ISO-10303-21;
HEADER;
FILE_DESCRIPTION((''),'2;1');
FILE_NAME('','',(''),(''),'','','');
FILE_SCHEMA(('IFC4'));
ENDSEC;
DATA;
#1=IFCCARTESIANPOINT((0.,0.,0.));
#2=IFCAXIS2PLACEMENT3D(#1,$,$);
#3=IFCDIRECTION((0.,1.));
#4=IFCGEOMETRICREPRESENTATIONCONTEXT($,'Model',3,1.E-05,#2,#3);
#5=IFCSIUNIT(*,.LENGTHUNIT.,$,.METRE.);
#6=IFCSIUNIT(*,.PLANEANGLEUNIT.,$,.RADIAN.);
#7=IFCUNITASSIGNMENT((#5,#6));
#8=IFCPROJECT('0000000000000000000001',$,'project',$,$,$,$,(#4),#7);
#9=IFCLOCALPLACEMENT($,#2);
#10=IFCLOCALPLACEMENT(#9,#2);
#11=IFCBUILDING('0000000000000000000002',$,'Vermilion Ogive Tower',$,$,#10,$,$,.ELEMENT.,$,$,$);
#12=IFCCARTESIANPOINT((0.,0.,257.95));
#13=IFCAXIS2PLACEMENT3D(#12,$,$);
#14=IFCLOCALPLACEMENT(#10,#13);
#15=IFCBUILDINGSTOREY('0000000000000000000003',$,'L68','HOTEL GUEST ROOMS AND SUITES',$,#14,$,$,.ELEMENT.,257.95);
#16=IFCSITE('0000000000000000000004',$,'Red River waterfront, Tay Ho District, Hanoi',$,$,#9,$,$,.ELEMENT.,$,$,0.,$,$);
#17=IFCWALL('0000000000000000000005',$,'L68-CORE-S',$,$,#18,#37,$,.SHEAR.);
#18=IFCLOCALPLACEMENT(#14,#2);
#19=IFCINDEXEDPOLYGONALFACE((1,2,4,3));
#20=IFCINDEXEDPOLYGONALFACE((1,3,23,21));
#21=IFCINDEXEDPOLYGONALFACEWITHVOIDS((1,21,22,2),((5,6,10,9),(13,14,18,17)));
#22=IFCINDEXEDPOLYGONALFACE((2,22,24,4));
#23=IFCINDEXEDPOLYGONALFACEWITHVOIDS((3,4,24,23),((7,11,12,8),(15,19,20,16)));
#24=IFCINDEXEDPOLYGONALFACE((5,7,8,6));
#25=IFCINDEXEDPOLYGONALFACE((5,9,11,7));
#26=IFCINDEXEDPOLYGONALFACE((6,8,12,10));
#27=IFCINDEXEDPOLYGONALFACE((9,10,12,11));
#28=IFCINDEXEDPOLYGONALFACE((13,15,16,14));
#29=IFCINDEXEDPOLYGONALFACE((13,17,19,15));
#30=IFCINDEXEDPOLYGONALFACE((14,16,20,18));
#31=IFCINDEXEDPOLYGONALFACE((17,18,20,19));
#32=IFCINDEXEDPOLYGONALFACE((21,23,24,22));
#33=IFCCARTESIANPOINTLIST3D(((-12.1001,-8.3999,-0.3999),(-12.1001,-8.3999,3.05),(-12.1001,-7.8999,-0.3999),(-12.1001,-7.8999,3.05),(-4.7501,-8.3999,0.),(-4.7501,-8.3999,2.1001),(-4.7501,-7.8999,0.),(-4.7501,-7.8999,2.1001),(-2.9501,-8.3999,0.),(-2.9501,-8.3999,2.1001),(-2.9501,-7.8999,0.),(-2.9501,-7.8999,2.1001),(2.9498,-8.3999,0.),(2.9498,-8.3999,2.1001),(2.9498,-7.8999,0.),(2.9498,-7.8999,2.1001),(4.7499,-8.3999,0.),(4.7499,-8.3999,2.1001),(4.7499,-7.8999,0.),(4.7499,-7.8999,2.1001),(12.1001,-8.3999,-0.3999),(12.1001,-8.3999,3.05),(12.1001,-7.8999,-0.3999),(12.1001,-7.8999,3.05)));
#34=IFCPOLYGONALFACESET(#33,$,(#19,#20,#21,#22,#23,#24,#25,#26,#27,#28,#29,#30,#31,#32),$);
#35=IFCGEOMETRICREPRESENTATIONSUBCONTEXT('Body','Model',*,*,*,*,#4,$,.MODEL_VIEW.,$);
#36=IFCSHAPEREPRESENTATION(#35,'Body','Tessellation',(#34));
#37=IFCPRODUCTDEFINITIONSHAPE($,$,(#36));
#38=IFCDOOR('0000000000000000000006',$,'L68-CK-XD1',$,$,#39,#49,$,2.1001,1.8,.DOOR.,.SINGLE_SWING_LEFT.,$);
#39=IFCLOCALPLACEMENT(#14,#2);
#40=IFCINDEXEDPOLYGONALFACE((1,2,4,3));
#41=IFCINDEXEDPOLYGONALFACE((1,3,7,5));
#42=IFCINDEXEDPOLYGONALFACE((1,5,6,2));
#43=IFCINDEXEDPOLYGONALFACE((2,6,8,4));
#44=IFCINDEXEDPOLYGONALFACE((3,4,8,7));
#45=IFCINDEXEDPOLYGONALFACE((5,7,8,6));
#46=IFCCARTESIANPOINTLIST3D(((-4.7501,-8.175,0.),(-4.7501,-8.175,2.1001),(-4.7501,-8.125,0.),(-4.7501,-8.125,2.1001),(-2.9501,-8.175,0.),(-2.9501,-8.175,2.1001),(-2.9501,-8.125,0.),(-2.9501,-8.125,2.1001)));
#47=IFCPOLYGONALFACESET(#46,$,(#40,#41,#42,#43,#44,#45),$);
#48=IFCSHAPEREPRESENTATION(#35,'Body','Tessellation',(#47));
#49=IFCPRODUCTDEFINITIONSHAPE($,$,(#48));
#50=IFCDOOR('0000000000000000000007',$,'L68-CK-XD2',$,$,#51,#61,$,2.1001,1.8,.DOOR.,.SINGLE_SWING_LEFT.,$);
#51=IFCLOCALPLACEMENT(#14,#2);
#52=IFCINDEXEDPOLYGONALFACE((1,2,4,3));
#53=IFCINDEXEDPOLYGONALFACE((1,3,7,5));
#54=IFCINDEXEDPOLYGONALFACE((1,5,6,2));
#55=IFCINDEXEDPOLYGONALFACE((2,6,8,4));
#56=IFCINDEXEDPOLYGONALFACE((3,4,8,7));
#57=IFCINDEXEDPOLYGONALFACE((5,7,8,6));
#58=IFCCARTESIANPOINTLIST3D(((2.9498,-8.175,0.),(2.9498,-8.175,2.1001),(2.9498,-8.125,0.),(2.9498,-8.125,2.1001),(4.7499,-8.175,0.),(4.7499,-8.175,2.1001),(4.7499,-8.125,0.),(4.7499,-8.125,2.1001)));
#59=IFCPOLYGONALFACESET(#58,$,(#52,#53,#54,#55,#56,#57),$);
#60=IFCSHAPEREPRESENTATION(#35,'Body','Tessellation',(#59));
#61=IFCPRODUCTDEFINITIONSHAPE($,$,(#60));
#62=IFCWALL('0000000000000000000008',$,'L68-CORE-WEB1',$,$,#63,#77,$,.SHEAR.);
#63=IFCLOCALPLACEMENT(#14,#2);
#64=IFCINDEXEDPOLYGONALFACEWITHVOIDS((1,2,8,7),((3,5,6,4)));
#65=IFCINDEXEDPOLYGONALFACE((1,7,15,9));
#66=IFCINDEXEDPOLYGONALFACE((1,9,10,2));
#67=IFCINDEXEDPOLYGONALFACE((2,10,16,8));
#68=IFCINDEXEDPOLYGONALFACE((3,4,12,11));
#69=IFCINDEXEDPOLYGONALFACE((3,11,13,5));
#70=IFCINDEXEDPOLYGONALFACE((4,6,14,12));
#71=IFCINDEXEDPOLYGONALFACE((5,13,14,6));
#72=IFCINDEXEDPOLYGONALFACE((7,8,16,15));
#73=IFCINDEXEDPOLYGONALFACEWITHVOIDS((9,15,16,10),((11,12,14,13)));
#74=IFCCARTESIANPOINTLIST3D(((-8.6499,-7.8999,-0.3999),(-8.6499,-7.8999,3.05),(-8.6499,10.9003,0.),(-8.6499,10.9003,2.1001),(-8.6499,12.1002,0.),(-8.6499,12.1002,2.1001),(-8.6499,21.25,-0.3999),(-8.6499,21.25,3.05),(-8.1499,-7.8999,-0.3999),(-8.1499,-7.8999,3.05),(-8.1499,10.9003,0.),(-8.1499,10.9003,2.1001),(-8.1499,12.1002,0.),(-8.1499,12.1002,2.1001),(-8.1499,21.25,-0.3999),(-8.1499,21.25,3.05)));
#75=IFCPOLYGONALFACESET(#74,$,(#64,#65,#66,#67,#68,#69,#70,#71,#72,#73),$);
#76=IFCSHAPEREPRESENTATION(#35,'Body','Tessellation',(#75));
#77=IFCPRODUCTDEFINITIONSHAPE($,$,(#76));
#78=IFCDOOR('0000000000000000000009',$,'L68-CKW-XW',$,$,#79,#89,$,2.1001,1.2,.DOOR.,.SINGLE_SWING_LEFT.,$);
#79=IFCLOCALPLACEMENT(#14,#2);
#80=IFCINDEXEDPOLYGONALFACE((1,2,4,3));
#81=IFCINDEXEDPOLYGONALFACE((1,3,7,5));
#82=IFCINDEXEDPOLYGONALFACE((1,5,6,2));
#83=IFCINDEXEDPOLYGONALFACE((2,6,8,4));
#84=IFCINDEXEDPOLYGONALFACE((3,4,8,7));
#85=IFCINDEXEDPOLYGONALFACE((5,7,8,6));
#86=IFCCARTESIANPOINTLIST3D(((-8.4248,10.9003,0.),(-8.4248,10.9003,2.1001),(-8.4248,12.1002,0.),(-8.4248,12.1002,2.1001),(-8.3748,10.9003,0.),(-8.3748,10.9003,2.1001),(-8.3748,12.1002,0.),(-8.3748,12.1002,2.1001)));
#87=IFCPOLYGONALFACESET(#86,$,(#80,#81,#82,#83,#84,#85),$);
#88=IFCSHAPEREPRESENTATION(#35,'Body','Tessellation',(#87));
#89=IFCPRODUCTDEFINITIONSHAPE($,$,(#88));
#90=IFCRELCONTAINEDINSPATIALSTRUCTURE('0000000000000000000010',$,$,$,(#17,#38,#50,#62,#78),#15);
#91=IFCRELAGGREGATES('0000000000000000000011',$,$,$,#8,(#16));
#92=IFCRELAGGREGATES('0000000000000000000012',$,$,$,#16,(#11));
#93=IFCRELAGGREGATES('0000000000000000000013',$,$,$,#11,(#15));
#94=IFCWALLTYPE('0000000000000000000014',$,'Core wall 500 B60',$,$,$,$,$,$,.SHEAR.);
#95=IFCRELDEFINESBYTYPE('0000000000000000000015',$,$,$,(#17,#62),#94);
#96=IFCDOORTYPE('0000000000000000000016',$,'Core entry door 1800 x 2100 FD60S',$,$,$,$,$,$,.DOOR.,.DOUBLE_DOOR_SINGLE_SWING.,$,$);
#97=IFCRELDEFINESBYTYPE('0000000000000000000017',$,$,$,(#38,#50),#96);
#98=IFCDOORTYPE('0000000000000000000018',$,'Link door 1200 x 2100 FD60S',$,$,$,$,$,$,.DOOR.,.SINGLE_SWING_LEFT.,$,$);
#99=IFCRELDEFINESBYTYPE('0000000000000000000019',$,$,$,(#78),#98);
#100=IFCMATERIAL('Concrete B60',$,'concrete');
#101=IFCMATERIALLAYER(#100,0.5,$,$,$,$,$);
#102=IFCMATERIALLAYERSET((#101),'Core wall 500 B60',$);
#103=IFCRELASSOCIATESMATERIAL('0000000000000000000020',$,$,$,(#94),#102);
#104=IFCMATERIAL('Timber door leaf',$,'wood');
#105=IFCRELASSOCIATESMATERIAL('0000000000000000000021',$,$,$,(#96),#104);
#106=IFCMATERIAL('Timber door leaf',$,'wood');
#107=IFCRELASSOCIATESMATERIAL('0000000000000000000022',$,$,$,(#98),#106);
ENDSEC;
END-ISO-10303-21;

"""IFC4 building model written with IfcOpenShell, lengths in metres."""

from ifc_helpers import new_model, si_unit, direction, frame, frame_2d, origin, place, context, subcontext, project, spatial, rectangle, extrude, material, layer, layer_set, type_object, element, fill, save


model = new_model("IFC4")

# Units and contexts
model_context = context("Model", 3, precision=1e-05, world=origin(), true_north=direction((0.0, 1.0)))
body_context = subcontext(model_context, "Body", "Model", "MODEL_VIEW")
ifc_project = project(units=[si_unit("LENGTHUNIT", "METRE"), si_unit("PLANEANGLEUNIT", "RADIAN")], contexts=[model_context])

# Site, building, storey
site_placement = place(None, origin())
site = spatial("IfcSite", under=ifc_project, at=site_placement, Name="Red River waterfront, Tay Ho District, Hanoi", CompositionType="ELEMENT", RefElevation=0.0)
building_placement = place(site_placement, origin())
building = spatial("IfcBuilding", under=site, at=building_placement, Name="Vermilion Ogive Tower", CompositionType="ELEMENT")
storey_placement = place(building_placement, frame((0.0, 0.0, 257.95)))
storey = spatial("IfcBuildingStorey", under=building, at=storey_placement, Name="L68", Description="HOTEL GUEST ROOMS AND SUITES", CompositionType="ELEMENT", Elevation=257.95)

# Wall, openings, doors
ifc_material_1 = material(Name="Concrete B60", Category="concrete")
ifc_layer_1 = layer(ifc_material_1, 0.5)
ifc_layer_set_1 = layer_set([ifc_layer_1], Name="Core wall 500 B60")
wall_type_1 = type_object("IfcWallType", Name="Core wall 500 B60", PredefinedType="SHEAR", material=ifc_layer_set_1)
wall_1_placement = place(storey_placement, frame((-12.1001, -8.1499, -0.3999), z_axis=(0.0, 0.0, 1.0), x_axis=(1.0, 0.0, 0.0)))
wall_1 = element("IfcWall", 1, at=wall_1_placement, inside=storey, type_object=wall_type_1, Name="L68-CORE-S", PredefinedType="SHEAR", context=body_context, shape_type="SweptSolid", body=[
    extrude(rectangle(XDim=24.2002, YDim=0.5, at=frame_2d((12.1001, 0.0))), origin(), (0.0, 0.0, 1.0), 3.45),
])
opening_1_placement = place(wall_1_placement, frame((7.3501, 0.0, 0.3999)))
opening_1 = element("IfcOpeningElement", 2, at=opening_1_placement, cuts=wall_1, PredefinedType="OPENING", context=body_context, shape_type="SweptSolid", body=[
    extrude(rectangle(XDim=1.8, YDim=2.1001, at=frame_2d((0.8999, 1.05))), frame((0.0, 0.26, 0.0), z_axis=(0.0, -1.0, 0.0), x_axis=(1.0, 0.0, 0.0)), (0.0, 0.0, 1.0), 0.52),
])
opening_2_placement = place(wall_1_placement, frame((15.05, 0.0, 0.3999)))
opening_2 = element("IfcOpeningElement", 3, at=opening_2_placement, cuts=wall_1, PredefinedType="OPENING", context=body_context, shape_type="SweptSolid", body=[
    extrude(rectangle(XDim=1.8, YDim=2.1001, at=frame_2d((0.8999, 1.05))), frame((0.0, 0.26, 0.0), z_axis=(0.0, -1.0, 0.0), x_axis=(1.0, 0.0, 0.0)), (0.0, 0.0, 1.0), 0.52),
])
ifc_material_2 = material(Name="Timber door leaf", Category="wood")
door_type_1 = type_object("IfcDoorType", Name="Core entry door 1800 x 2100 FD60S", OperationType="DOUBLE_DOOR_SINGLE_SWING", PredefinedType="DOOR", material=ifc_material_2)
door_1_placement = place(opening_1_placement, origin())
door_1 = element("IfcDoor", 4, at=door_1_placement, inside=storey, type_object=door_type_1, Name="L68-CK-XD1", OperationType="SINGLE_SWING_LEFT", OverallHeight=2.1001, OverallWidth=1.8, PredefinedType="DOOR", context=body_context, shape_type="SweptSolid", body=[
    extrude(rectangle(XDim=1.8, YDim=2.1001, at=frame_2d((0.8999, 1.05))), frame((0.0, 0.0249, 0.0), z_axis=(0.0, -1.0, 0.0), x_axis=(1.0, 0.0, 0.0)), (0.0, 0.0, 1.0), 0.05),
])
fill(opening_1, door_1)
door_2_placement = place(opening_2_placement, origin())
door_2 = element("IfcDoor", 5, at=door_2_placement, inside=storey, type_object=door_type_1, Name="L68-CK-XD2", OperationType="SINGLE_SWING_LEFT", OverallHeight=2.1001, OverallWidth=1.8, PredefinedType="DOOR", context=body_context, shape_type="SweptSolid", body=[
    extrude(rectangle(XDim=1.8, YDim=2.1001, at=frame_2d((0.8999, 1.05))), frame((0.0, 0.0249, 0.0), z_axis=(0.0, -1.0, 0.0), x_axis=(1.0, 0.0, 0.0)), (0.0, 0.0, 1.0), 0.05),
])
fill(opening_2, door_2)

# Wall, opening, door
wall_2_placement = place(storey_placement, frame((-8.3999, -7.8999, -0.3999), z_axis=(0.0, 0.0, 1.0), x_axis=(0.0, 1.0, 0.0)))
wall_2 = element("IfcWall", 6, at=wall_2_placement, inside=storey, type_object=wall_type_1, Name="L68-CORE-WEB1", PredefinedType="SHEAR", context=body_context, shape_type="SweptSolid", body=[
    extrude(rectangle(XDim=29.1499, YDim=0.5, at=frame_2d((14.575, 0.0))), origin(), (0.0, 0.0, 1.0), 3.45),
])
opening_3_placement = place(wall_2_placement, frame((18.8, 0.0, 0.3999)))
opening_3 = element("IfcOpeningElement", 7, at=opening_3_placement, cuts=wall_2, PredefinedType="OPENING", context=body_context, shape_type="SweptSolid", body=[
    extrude(rectangle(XDim=1.2, YDim=2.1001, at=frame_2d((0.6001, 1.05))), frame((0.0, 0.26, 0.0), z_axis=(0.0, -1.0, 0.0), x_axis=(1.0, 0.0, 0.0)), (0.0, 0.0, 1.0), 0.52),
])
ifc_material_3 = material(Name="Timber door leaf", Category="wood")
door_type_2 = type_object("IfcDoorType", Name="Link door 1200 x 2100 FD60S", OperationType="SINGLE_SWING_LEFT", PredefinedType="DOOR", material=ifc_material_3)
door_3_placement = place(opening_3_placement, origin())
door_3 = element("IfcDoor", 8, at=door_3_placement, inside=storey, type_object=door_type_2, Name="L68-CKW-XW", OperationType="SINGLE_SWING_LEFT", OverallHeight=2.1001, OverallWidth=1.2, PredefinedType="DOOR", context=body_context, shape_type="SweptSolid", body=[
    extrude(rectangle(XDim=1.2, YDim=2.1001, at=frame_2d((0.6001, 1.05))), frame((0.0, 0.0249, 0.0), z_axis=(0.0, -1.0, 0.0), x_axis=(1.0, 0.0, 0.0)), (0.0, 0.0, 1.0), 0.05),
])
fill(opening_3, door_3)

save(model, "model.ifc")
